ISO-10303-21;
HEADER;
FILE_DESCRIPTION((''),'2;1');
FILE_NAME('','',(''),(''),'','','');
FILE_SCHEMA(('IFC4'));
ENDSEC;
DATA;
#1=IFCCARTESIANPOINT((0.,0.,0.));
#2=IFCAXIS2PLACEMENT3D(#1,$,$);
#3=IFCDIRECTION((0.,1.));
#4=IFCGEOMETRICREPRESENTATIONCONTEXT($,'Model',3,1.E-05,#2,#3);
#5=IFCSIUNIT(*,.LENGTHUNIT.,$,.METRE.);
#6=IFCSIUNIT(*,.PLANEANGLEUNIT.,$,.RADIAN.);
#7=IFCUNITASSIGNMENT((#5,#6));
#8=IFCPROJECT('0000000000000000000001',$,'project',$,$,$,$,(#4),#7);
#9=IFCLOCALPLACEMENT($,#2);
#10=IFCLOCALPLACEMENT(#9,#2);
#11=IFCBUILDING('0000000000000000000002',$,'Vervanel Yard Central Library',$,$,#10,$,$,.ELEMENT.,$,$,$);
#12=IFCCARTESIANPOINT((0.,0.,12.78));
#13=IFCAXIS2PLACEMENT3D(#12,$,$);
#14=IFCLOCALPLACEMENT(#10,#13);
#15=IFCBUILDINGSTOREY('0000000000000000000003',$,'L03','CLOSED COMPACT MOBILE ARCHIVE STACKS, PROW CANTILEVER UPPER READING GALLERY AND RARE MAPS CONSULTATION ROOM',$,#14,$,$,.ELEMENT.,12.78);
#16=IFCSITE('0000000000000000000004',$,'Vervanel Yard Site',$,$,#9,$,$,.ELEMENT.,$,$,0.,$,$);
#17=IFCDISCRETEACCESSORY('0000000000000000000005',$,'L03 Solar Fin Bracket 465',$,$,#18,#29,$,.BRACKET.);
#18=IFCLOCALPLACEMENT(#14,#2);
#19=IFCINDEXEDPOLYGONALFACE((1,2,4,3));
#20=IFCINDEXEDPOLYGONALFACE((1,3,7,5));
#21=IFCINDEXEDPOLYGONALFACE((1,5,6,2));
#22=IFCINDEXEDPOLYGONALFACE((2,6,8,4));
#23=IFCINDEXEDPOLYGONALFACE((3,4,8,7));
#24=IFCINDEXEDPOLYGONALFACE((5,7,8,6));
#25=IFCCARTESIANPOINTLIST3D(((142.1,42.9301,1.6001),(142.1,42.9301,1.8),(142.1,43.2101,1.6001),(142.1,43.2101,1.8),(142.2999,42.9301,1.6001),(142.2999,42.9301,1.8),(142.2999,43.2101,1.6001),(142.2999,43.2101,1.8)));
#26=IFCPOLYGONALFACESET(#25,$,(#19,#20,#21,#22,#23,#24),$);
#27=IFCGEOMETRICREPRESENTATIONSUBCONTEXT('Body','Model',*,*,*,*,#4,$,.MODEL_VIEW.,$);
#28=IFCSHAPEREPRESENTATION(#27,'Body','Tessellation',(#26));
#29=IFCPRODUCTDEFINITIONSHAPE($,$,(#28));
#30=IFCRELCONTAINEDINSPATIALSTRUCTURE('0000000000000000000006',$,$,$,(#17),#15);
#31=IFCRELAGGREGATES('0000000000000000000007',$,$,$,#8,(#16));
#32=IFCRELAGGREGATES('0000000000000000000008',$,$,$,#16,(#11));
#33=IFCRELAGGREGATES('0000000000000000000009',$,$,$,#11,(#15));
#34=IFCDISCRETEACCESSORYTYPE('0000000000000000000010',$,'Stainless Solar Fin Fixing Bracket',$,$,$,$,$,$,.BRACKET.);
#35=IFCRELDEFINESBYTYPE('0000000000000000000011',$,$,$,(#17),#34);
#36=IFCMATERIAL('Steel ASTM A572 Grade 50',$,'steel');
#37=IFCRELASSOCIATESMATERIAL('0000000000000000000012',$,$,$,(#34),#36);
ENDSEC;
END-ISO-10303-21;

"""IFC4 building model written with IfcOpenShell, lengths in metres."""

from ifc_helpers import new_model, si_unit, direction, frame, origin, origin_2d, place, context, subcontext, project, spatial, rectangle, extrude, material, type_object, element, save


model = new_model("IFC4")

# Units and contexts
model_context = context("Model", 3, precision=1e-05, world=origin(), true_north=direction((0.0, 1.0)))
body_context = subcontext(model_context, "Body", "Model", "MODEL_VIEW")
ifc_project = project(units=[si_unit("LENGTHUNIT", "METRE"), si_unit("PLANEANGLEUNIT", "RADIAN")], contexts=[model_context])

# Site, building, storey
site_placement = place(None, origin())
site = spatial("IfcSite", under=ifc_project, at=site_placement, Name="Vervanel Yard Site", CompositionType="ELEMENT", RefElevation=0.0)
building_placement = place(site_placement, origin())
building = spatial("IfcBuilding", under=site, at=building_placement, Name="Vervanel Yard Central Library", CompositionType="ELEMENT")
storey_placement = place(building_placement, frame((0.0, 0.0, 12.78)))
storey = spatial("IfcBuildingStorey", under=building, at=storey_placement, Name="L03", Description="CLOSED COMPACT MOBILE ARCHIVE STACKS, PROW CANTILEVER UPPER READING GALLERY AND RARE MAPS CONSULTATION ROOM", CompositionType="ELEMENT", Elevation=12.78)

# Discrete accessory
ifc_material_1 = material(Name="Steel ASTM A572 Grade 50", Category="steel")
discrete_accessory_type = type_object("IfcDiscreteAccessoryType", Name="Stainless Solar Fin Fixing Bracket", PredefinedType="BRACKET", material=ifc_material_1)
discrete_accessory_placement = place(storey_placement, frame((142.2, 43.0701, 1.6001), z_axis=(0.0, 0.0, 1.0), x_axis=(1.0, 0.0, 0.0)))
element("IfcDiscreteAccessory", 1, at=discrete_accessory_placement, inside=storey, type_object=discrete_accessory_type, Name="L03 Solar Fin Bracket 465", PredefinedType="BRACKET", context=body_context, shape_type="SweptSolid", body=[
    extrude(rectangle(XDim=0.2, YDim=0.28, at=origin_2d()), origin(), (0.0, 0.0, 1.0), 0.2),
])

save(model, "model.ifc")
